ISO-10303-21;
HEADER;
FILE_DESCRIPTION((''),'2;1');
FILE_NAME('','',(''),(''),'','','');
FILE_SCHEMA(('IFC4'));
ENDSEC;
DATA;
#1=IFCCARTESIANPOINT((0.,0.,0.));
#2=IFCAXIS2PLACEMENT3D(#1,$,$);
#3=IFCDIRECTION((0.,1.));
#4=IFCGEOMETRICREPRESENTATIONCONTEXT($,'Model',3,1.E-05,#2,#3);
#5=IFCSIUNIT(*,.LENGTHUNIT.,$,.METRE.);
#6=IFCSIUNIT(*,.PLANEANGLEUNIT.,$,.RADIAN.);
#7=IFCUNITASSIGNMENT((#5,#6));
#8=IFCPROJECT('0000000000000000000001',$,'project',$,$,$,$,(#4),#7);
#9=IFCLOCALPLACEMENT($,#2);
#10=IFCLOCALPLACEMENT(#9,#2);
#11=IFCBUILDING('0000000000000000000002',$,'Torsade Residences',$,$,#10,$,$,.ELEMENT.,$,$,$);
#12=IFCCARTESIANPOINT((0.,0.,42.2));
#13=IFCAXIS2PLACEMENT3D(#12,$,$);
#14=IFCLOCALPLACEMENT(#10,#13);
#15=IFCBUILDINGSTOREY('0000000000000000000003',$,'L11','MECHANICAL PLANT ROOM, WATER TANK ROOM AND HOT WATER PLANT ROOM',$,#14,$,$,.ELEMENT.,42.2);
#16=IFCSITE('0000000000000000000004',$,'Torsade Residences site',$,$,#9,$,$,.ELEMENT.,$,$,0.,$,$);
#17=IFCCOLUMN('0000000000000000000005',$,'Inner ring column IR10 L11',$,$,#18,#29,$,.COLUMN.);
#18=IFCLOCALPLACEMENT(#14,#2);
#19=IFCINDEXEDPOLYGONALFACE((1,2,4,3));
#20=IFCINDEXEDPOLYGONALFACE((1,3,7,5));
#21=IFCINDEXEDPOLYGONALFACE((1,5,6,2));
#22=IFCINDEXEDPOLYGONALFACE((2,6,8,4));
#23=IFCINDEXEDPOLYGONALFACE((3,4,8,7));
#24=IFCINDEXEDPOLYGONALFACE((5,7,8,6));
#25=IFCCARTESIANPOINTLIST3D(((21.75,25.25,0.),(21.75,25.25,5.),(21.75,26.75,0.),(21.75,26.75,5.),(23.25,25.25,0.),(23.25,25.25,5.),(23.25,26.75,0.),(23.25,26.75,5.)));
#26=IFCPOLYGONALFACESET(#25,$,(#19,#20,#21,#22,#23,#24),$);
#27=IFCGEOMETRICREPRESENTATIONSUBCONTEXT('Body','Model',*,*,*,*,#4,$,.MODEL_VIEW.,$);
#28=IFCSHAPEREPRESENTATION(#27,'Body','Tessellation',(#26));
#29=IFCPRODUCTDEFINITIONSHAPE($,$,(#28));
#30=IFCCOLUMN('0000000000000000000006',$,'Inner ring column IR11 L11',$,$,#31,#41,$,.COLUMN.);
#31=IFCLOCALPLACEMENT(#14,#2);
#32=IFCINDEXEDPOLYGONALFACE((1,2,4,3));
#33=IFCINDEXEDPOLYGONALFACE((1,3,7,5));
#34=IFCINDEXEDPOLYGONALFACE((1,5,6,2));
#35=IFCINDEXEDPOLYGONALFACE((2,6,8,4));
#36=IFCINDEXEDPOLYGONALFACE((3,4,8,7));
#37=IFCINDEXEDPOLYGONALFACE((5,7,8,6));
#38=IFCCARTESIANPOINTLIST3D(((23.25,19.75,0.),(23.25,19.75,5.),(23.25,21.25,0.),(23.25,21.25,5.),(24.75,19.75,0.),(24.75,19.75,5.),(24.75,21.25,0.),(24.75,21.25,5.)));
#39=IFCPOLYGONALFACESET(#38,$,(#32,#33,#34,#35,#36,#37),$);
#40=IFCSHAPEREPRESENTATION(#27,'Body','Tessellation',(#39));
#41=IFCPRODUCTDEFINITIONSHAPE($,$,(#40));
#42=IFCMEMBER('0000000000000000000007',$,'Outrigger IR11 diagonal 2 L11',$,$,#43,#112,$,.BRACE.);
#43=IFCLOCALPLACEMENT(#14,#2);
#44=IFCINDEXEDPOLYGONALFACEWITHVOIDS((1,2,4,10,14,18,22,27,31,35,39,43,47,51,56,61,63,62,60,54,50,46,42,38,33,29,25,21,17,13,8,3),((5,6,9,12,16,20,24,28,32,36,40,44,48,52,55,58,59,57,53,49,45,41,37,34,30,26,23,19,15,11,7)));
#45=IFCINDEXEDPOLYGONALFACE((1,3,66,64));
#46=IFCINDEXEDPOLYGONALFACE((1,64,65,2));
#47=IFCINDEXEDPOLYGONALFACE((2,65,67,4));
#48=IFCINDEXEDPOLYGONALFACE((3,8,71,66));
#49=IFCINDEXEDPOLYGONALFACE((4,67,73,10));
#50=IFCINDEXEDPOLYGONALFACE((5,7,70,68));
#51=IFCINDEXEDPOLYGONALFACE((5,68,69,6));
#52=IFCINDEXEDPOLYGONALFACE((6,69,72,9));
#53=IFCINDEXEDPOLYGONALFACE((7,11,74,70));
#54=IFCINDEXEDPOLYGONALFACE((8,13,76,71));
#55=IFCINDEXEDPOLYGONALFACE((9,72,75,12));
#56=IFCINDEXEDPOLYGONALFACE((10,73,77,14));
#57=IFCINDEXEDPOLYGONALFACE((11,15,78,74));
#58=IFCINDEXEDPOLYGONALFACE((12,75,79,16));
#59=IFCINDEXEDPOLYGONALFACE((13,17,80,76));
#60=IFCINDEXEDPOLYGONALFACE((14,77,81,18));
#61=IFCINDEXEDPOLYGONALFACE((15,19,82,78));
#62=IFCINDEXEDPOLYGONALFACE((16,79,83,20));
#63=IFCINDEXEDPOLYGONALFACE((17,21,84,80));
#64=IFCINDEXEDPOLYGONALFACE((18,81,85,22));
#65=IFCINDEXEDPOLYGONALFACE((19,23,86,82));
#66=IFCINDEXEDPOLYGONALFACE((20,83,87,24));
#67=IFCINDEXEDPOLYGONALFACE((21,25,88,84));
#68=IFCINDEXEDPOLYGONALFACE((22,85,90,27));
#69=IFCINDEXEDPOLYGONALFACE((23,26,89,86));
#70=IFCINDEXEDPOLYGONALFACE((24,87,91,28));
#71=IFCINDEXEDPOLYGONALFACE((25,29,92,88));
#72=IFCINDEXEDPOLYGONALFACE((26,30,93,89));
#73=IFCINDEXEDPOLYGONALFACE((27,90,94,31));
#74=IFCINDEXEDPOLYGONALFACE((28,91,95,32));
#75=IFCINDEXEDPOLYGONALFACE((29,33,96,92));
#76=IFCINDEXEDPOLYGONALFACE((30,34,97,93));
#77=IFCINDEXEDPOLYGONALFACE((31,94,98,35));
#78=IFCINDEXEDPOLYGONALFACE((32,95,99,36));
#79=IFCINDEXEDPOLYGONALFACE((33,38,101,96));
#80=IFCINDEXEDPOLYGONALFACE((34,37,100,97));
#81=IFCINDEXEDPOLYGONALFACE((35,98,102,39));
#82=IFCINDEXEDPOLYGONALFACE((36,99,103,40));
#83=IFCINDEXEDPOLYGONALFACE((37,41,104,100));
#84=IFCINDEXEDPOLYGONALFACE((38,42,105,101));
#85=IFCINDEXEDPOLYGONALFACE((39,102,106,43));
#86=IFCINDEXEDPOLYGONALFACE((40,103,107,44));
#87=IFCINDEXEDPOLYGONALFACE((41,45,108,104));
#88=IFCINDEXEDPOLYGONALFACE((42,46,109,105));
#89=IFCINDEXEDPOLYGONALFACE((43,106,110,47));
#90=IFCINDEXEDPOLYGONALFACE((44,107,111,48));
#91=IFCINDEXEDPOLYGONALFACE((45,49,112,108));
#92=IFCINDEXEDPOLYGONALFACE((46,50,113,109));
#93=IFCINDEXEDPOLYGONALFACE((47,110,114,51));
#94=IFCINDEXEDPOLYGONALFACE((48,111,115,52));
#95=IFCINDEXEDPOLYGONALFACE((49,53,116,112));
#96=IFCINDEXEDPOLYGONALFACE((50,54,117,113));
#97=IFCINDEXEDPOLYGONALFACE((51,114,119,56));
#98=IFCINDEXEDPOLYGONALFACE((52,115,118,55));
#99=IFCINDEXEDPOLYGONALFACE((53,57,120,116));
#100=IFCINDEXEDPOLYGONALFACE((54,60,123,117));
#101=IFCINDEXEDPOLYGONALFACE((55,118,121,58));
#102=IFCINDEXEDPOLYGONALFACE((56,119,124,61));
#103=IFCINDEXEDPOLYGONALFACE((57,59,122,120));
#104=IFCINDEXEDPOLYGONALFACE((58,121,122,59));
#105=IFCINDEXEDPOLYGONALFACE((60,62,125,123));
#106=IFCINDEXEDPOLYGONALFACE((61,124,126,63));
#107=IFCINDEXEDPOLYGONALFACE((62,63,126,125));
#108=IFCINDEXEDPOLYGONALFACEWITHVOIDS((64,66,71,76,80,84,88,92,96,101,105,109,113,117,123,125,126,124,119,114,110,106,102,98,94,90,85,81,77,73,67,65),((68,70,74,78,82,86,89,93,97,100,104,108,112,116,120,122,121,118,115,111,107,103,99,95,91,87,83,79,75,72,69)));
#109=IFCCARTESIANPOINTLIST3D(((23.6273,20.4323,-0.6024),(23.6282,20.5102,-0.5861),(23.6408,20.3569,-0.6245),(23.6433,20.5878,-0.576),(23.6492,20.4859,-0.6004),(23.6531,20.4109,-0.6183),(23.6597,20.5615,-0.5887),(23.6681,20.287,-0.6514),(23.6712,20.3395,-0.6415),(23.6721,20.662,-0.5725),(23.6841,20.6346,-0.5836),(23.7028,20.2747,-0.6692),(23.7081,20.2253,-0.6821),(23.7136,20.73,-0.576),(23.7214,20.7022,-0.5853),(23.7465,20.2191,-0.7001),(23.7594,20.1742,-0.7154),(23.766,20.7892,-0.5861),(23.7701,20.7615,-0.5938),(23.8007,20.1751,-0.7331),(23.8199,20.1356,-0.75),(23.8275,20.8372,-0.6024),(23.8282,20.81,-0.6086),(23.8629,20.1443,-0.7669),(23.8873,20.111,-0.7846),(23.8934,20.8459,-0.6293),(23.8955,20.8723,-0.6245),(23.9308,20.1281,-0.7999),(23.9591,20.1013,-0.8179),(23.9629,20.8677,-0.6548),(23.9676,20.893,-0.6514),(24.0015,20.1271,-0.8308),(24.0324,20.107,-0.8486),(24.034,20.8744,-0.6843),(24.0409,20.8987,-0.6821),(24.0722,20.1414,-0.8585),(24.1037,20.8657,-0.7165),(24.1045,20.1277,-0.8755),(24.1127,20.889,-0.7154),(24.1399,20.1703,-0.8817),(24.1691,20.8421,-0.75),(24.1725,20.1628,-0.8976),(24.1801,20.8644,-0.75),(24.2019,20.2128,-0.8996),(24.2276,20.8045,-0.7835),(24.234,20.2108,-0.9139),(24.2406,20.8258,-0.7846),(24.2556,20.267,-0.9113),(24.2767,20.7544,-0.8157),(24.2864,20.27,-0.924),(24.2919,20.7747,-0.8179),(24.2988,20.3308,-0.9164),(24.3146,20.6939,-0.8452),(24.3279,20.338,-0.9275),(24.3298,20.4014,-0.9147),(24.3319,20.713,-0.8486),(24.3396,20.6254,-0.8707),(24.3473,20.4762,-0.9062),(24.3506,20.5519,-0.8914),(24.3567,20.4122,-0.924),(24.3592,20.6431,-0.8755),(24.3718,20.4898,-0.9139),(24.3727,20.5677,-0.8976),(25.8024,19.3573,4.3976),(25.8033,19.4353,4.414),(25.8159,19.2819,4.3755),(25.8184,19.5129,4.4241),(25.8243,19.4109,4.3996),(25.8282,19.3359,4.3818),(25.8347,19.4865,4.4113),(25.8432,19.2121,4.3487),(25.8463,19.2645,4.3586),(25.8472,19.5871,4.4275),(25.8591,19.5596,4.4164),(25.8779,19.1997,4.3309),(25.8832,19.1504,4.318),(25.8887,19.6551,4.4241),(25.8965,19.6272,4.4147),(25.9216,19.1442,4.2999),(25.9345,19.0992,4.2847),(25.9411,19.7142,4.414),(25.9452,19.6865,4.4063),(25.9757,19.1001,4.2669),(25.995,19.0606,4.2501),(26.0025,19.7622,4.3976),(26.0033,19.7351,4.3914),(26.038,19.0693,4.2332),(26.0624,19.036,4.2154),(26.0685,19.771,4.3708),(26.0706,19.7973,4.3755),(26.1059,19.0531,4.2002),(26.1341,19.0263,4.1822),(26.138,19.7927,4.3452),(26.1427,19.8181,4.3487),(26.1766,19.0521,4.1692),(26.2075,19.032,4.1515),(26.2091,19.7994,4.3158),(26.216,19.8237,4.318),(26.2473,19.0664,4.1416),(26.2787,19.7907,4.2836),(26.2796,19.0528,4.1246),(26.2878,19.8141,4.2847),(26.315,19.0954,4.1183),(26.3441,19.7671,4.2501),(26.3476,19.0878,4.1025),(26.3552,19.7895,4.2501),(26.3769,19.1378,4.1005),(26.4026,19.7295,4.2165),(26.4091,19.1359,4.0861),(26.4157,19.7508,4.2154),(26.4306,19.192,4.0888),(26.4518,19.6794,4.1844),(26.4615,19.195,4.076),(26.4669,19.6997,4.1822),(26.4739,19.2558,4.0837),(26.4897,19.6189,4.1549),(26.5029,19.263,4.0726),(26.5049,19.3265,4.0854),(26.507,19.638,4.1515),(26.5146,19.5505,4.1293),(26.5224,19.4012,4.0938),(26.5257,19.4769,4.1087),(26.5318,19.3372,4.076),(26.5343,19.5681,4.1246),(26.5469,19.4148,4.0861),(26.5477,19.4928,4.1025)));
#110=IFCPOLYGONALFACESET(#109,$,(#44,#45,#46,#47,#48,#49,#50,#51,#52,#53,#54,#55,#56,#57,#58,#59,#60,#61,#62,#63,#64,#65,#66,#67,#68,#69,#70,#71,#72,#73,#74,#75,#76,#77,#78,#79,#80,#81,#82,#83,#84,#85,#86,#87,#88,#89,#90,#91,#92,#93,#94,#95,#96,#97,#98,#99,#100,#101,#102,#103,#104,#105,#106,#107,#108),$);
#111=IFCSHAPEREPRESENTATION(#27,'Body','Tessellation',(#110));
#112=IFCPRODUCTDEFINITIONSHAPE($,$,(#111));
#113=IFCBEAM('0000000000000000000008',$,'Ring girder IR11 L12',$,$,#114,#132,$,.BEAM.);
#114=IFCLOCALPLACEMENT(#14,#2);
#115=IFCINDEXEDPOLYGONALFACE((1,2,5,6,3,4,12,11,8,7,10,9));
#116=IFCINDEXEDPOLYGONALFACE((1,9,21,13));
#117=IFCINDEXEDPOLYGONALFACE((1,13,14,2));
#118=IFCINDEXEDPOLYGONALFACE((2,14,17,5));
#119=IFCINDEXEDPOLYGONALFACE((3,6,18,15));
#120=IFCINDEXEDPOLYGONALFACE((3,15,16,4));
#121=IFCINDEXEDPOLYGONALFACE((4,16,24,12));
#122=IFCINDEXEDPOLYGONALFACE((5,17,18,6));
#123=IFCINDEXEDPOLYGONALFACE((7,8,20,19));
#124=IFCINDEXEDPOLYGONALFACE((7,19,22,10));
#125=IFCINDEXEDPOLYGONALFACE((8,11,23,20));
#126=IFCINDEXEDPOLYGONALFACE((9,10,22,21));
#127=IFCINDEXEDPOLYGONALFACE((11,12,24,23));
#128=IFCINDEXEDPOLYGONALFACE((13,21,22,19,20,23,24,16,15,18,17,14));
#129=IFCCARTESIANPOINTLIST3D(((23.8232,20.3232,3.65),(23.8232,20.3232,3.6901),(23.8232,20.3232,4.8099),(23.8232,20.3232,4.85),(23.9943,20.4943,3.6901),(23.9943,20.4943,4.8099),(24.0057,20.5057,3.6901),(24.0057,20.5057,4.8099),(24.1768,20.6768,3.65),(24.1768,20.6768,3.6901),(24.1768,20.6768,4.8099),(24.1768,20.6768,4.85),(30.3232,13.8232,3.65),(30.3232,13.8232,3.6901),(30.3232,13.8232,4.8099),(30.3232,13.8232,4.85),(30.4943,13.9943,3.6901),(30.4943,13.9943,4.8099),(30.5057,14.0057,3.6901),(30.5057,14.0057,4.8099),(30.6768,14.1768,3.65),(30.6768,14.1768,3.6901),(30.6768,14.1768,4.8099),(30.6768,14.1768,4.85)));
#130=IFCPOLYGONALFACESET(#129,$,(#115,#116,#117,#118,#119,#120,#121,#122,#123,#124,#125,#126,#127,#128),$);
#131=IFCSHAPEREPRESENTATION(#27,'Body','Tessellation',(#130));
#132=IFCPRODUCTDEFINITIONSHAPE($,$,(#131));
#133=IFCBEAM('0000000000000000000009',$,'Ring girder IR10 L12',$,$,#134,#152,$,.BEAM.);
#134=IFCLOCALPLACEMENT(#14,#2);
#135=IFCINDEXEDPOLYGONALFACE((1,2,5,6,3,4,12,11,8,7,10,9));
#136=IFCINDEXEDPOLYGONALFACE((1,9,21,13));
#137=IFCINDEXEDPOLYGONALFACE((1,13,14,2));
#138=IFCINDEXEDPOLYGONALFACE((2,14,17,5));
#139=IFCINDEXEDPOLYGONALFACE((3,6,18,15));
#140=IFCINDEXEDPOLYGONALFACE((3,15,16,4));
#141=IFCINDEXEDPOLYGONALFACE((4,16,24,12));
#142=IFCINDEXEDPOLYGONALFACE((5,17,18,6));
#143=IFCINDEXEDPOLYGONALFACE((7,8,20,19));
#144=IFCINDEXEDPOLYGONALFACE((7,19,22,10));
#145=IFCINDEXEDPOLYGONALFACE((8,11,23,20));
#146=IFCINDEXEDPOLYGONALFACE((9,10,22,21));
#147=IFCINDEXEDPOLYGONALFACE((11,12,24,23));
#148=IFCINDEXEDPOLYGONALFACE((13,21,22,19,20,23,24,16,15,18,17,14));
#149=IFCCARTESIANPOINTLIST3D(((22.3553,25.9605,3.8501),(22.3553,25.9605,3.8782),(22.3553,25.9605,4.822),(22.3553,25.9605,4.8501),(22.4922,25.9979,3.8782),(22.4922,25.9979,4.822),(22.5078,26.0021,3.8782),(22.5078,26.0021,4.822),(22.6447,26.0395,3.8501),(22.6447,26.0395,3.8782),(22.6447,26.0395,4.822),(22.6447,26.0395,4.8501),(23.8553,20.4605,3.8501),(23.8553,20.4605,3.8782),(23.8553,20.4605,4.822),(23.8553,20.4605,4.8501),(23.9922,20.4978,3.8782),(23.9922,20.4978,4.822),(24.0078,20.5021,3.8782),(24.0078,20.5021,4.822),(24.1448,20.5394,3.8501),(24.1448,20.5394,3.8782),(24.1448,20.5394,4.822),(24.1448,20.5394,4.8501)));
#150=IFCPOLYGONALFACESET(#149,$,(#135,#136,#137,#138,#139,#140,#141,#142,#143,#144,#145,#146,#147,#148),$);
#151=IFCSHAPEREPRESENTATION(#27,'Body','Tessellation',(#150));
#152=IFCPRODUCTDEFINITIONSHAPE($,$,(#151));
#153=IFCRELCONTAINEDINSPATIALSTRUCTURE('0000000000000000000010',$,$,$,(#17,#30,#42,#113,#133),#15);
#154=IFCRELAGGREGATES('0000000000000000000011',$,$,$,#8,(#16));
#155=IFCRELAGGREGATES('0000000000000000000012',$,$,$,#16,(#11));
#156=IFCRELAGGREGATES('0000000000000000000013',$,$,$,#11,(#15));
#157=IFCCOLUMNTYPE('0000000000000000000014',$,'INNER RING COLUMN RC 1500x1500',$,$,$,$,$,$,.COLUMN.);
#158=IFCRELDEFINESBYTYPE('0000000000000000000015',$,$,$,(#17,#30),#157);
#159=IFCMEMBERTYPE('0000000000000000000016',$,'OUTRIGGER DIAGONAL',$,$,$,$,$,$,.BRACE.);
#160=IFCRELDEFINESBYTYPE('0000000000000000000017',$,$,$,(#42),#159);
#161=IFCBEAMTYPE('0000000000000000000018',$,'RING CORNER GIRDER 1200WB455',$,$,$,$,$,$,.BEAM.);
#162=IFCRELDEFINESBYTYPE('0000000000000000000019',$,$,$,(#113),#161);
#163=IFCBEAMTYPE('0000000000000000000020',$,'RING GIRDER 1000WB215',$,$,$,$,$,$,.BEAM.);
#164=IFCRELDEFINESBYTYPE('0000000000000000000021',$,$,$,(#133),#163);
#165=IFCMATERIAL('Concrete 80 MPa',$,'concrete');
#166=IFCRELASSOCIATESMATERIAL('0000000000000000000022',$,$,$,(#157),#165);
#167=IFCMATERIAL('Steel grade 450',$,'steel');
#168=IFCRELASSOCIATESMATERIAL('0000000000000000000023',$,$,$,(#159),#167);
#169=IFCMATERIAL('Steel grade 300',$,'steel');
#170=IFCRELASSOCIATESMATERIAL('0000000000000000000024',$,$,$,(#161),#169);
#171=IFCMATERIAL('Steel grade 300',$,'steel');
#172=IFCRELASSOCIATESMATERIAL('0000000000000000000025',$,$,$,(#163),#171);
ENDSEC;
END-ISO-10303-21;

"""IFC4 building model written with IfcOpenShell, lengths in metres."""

from ifc_helpers import new_model, si_unit, direction, frame, origin, origin_2d, place, context, subcontext, project, spatial, rectangle, hollow_circle, i_section, extrude, material, material_profile, profile_set, type_object, element, save


model = new_model("IFC4")

# Units and contexts
model_context = context("Model", 3, precision=1e-05, world=origin(), true_north=direction((0.0, 1.0)))
body_context = subcontext(model_context, "Body", "Model", "MODEL_VIEW")
ifc_project = project(units=[si_unit("LENGTHUNIT", "METRE"), si_unit("PLANEANGLEUNIT", "RADIAN")], contexts=[model_context])

# Site, building, storey
site_placement = place(None, origin())
site = spatial("IfcSite", under=ifc_project, at=site_placement, Name="Torsade Residences site", CompositionType="ELEMENT", RefElevation=0.0)
building_placement = place(site_placement, origin())
building = spatial("IfcBuilding", under=site, at=building_placement, Name="Torsade Residences", CompositionType="ELEMENT")
storey_placement = place(building_placement, frame((0.0, 0.0, 42.2)))
storey = spatial("IfcBuildingStorey", under=building, at=storey_placement, Name="L11", Description="MECHANICAL PLANT ROOM, WATER TANK ROOM AND HOT WATER PLANT ROOM", CompositionType="ELEMENT", Elevation=42.2)

# Columns
ifc_material_1 = material(Name="Concrete 80 MPa", Category="concrete")
ifc_material_profile_1 = material_profile(ifc_material_1, rectangle(XDim=1.5, YDim=1.5, at=origin_2d()), Name="RC 1500x1500")
ifc_profile_set_1 = profile_set([ifc_material_profile_1], Name="Concrete 80 MPa")
column_type = type_object("IfcColumnType", Name="INNER RING COLUMN RC 1500x1500", PredefinedType="COLUMN", material=ifc_profile_set_1)
for number, where, z_axis, x_axis, name in (
    (1, (22.5, 26.0, 0.0), (0.0, 0.0, 1.0), (1.0, 0.0, 0.0), "Inner ring column IR10 L11"),
    (2, (24.0, 20.5, 0.0), (0.0, 0.0, 1.0), (1.0, 0.0, 0.0), "Inner ring column IR11 L11"),
):
    element("IfcColumn", number, at=place(storey_placement, frame(where, z_axis=z_axis, x_axis=x_axis)), inside=storey, type_object=column_type, Name=name, PredefinedType="COLUMN", context=body_context, shape_type="SweptSolid", body=[
        extrude(rectangle(XDim=1.5, YDim=1.5, at=origin_2d()), origin(), (0.0, 0.0, 1.0), 5.0),
    ])

# Member
ifc_material_2 = material(Name="Steel grade 450", Category="steel")
ifc_material_profile_2 = material_profile(ifc_material_2, hollow_circle(Radius=0.4065, WallThickness=0.0249, at=origin_2d()), Name="813.0x25.0CHS")
ifc_profile_set_2 = profile_set([ifc_material_profile_2], Name="Steel grade 450")
member_type_1 = type_object("IfcMemberType", Name="OUTRIGGER DIAGONAL", PredefinedType="BRACE", material=ifc_profile_set_2)
member_1_placement = place(storey_placement, frame((24.0, 20.5, -0.75), z_axis=(0.391368, -0.193422, 0.899677), x_axis=(0.443063, 0.896491, 0.0)))
element("IfcMember", 3, at=member_1_placement, inside=storey, type_object=member_type_1, Name="Outrigger IR11 diagonal 2 L11", PredefinedType="BRACE", context=body_context, shape_type="SweptSolid", body=[
    extrude(hollow_circle(Radius=0.4065, WallThickness=0.0249, at=origin_2d()), origin(), (0.0, 0.0, 1.0), 5.5576),
])

# Beams
ifc_material_3 = material(Name="Steel grade 300", Category="steel")
ifc_material_profile_3 = material_profile(ifc_material_3, i_section(OverallWidth=0.5, OverallDepth=1.2, WebThickness=0.0161, FlangeThickness=0.04, at=origin_2d()), Name="1200WB455")
ifc_profile_set_3 = profile_set([ifc_material_profile_3], Name="Steel grade 300")
beam_type_1 = type_object("IfcBeamType", Name="RING CORNER GIRDER 1200WB455", PredefinedType="BEAM", material=ifc_profile_set_3)
beam_1_placement = place(storey_placement, frame((24.0, 20.5, 4.25), z_axis=(0.707107, -0.707107, 0.0), x_axis=(0.707107, 0.707107, 0.0)))
element("IfcBeam", 4, at=beam_1_placement, inside=storey, type_object=beam_type_1, Name="Ring girder IR11 L12", PredefinedType="BEAM", context=body_context, shape_type="SweptSolid", body=[
    extrude(i_section(OverallWidth=0.5, OverallDepth=1.2, WebThickness=0.0161, FlangeThickness=0.04, at=origin_2d()), origin(), (0.0, 0.0, 1.0), 9.1924),
])
ifc_material_4 = material(Name="Steel grade 300", Category="steel")
ifc_material_profile_4 = material_profile(ifc_material_4, i_section(OverallWidth=0.3, OverallDepth=1.0, WebThickness=0.0161, FlangeThickness=0.0281, at=origin_2d()), Name="1000WB215")
ifc_profile_set_4 = profile_set([ifc_material_profile_4], Name="Steel grade 300")
beam_type_2 = type_object("IfcBeamType", Name="RING GIRDER 1000WB215", PredefinedType="BEAM", material=ifc_profile_set_4)
beam_2_placement = place(storey_placement, frame((22.5, 26.0, 4.3501), z_axis=(0.263117, -0.964764, 0.0), x_axis=(0.964764, 0.263117, 0.0)))
element("IfcBeam", 5, at=beam_2_placement, inside=storey, type_object=beam_type_2, Name="Ring girder IR10 L12", PredefinedType="BEAM", context=body_context, shape_type="SweptSolid", body=[
    extrude(i_section(OverallWidth=0.3, OverallDepth=1.0, WebThickness=0.0161, FlangeThickness=0.0281, at=origin_2d()), origin(), (0.0, 0.0, 1.0), 5.7009),
])

save(model, "model.ifc")
